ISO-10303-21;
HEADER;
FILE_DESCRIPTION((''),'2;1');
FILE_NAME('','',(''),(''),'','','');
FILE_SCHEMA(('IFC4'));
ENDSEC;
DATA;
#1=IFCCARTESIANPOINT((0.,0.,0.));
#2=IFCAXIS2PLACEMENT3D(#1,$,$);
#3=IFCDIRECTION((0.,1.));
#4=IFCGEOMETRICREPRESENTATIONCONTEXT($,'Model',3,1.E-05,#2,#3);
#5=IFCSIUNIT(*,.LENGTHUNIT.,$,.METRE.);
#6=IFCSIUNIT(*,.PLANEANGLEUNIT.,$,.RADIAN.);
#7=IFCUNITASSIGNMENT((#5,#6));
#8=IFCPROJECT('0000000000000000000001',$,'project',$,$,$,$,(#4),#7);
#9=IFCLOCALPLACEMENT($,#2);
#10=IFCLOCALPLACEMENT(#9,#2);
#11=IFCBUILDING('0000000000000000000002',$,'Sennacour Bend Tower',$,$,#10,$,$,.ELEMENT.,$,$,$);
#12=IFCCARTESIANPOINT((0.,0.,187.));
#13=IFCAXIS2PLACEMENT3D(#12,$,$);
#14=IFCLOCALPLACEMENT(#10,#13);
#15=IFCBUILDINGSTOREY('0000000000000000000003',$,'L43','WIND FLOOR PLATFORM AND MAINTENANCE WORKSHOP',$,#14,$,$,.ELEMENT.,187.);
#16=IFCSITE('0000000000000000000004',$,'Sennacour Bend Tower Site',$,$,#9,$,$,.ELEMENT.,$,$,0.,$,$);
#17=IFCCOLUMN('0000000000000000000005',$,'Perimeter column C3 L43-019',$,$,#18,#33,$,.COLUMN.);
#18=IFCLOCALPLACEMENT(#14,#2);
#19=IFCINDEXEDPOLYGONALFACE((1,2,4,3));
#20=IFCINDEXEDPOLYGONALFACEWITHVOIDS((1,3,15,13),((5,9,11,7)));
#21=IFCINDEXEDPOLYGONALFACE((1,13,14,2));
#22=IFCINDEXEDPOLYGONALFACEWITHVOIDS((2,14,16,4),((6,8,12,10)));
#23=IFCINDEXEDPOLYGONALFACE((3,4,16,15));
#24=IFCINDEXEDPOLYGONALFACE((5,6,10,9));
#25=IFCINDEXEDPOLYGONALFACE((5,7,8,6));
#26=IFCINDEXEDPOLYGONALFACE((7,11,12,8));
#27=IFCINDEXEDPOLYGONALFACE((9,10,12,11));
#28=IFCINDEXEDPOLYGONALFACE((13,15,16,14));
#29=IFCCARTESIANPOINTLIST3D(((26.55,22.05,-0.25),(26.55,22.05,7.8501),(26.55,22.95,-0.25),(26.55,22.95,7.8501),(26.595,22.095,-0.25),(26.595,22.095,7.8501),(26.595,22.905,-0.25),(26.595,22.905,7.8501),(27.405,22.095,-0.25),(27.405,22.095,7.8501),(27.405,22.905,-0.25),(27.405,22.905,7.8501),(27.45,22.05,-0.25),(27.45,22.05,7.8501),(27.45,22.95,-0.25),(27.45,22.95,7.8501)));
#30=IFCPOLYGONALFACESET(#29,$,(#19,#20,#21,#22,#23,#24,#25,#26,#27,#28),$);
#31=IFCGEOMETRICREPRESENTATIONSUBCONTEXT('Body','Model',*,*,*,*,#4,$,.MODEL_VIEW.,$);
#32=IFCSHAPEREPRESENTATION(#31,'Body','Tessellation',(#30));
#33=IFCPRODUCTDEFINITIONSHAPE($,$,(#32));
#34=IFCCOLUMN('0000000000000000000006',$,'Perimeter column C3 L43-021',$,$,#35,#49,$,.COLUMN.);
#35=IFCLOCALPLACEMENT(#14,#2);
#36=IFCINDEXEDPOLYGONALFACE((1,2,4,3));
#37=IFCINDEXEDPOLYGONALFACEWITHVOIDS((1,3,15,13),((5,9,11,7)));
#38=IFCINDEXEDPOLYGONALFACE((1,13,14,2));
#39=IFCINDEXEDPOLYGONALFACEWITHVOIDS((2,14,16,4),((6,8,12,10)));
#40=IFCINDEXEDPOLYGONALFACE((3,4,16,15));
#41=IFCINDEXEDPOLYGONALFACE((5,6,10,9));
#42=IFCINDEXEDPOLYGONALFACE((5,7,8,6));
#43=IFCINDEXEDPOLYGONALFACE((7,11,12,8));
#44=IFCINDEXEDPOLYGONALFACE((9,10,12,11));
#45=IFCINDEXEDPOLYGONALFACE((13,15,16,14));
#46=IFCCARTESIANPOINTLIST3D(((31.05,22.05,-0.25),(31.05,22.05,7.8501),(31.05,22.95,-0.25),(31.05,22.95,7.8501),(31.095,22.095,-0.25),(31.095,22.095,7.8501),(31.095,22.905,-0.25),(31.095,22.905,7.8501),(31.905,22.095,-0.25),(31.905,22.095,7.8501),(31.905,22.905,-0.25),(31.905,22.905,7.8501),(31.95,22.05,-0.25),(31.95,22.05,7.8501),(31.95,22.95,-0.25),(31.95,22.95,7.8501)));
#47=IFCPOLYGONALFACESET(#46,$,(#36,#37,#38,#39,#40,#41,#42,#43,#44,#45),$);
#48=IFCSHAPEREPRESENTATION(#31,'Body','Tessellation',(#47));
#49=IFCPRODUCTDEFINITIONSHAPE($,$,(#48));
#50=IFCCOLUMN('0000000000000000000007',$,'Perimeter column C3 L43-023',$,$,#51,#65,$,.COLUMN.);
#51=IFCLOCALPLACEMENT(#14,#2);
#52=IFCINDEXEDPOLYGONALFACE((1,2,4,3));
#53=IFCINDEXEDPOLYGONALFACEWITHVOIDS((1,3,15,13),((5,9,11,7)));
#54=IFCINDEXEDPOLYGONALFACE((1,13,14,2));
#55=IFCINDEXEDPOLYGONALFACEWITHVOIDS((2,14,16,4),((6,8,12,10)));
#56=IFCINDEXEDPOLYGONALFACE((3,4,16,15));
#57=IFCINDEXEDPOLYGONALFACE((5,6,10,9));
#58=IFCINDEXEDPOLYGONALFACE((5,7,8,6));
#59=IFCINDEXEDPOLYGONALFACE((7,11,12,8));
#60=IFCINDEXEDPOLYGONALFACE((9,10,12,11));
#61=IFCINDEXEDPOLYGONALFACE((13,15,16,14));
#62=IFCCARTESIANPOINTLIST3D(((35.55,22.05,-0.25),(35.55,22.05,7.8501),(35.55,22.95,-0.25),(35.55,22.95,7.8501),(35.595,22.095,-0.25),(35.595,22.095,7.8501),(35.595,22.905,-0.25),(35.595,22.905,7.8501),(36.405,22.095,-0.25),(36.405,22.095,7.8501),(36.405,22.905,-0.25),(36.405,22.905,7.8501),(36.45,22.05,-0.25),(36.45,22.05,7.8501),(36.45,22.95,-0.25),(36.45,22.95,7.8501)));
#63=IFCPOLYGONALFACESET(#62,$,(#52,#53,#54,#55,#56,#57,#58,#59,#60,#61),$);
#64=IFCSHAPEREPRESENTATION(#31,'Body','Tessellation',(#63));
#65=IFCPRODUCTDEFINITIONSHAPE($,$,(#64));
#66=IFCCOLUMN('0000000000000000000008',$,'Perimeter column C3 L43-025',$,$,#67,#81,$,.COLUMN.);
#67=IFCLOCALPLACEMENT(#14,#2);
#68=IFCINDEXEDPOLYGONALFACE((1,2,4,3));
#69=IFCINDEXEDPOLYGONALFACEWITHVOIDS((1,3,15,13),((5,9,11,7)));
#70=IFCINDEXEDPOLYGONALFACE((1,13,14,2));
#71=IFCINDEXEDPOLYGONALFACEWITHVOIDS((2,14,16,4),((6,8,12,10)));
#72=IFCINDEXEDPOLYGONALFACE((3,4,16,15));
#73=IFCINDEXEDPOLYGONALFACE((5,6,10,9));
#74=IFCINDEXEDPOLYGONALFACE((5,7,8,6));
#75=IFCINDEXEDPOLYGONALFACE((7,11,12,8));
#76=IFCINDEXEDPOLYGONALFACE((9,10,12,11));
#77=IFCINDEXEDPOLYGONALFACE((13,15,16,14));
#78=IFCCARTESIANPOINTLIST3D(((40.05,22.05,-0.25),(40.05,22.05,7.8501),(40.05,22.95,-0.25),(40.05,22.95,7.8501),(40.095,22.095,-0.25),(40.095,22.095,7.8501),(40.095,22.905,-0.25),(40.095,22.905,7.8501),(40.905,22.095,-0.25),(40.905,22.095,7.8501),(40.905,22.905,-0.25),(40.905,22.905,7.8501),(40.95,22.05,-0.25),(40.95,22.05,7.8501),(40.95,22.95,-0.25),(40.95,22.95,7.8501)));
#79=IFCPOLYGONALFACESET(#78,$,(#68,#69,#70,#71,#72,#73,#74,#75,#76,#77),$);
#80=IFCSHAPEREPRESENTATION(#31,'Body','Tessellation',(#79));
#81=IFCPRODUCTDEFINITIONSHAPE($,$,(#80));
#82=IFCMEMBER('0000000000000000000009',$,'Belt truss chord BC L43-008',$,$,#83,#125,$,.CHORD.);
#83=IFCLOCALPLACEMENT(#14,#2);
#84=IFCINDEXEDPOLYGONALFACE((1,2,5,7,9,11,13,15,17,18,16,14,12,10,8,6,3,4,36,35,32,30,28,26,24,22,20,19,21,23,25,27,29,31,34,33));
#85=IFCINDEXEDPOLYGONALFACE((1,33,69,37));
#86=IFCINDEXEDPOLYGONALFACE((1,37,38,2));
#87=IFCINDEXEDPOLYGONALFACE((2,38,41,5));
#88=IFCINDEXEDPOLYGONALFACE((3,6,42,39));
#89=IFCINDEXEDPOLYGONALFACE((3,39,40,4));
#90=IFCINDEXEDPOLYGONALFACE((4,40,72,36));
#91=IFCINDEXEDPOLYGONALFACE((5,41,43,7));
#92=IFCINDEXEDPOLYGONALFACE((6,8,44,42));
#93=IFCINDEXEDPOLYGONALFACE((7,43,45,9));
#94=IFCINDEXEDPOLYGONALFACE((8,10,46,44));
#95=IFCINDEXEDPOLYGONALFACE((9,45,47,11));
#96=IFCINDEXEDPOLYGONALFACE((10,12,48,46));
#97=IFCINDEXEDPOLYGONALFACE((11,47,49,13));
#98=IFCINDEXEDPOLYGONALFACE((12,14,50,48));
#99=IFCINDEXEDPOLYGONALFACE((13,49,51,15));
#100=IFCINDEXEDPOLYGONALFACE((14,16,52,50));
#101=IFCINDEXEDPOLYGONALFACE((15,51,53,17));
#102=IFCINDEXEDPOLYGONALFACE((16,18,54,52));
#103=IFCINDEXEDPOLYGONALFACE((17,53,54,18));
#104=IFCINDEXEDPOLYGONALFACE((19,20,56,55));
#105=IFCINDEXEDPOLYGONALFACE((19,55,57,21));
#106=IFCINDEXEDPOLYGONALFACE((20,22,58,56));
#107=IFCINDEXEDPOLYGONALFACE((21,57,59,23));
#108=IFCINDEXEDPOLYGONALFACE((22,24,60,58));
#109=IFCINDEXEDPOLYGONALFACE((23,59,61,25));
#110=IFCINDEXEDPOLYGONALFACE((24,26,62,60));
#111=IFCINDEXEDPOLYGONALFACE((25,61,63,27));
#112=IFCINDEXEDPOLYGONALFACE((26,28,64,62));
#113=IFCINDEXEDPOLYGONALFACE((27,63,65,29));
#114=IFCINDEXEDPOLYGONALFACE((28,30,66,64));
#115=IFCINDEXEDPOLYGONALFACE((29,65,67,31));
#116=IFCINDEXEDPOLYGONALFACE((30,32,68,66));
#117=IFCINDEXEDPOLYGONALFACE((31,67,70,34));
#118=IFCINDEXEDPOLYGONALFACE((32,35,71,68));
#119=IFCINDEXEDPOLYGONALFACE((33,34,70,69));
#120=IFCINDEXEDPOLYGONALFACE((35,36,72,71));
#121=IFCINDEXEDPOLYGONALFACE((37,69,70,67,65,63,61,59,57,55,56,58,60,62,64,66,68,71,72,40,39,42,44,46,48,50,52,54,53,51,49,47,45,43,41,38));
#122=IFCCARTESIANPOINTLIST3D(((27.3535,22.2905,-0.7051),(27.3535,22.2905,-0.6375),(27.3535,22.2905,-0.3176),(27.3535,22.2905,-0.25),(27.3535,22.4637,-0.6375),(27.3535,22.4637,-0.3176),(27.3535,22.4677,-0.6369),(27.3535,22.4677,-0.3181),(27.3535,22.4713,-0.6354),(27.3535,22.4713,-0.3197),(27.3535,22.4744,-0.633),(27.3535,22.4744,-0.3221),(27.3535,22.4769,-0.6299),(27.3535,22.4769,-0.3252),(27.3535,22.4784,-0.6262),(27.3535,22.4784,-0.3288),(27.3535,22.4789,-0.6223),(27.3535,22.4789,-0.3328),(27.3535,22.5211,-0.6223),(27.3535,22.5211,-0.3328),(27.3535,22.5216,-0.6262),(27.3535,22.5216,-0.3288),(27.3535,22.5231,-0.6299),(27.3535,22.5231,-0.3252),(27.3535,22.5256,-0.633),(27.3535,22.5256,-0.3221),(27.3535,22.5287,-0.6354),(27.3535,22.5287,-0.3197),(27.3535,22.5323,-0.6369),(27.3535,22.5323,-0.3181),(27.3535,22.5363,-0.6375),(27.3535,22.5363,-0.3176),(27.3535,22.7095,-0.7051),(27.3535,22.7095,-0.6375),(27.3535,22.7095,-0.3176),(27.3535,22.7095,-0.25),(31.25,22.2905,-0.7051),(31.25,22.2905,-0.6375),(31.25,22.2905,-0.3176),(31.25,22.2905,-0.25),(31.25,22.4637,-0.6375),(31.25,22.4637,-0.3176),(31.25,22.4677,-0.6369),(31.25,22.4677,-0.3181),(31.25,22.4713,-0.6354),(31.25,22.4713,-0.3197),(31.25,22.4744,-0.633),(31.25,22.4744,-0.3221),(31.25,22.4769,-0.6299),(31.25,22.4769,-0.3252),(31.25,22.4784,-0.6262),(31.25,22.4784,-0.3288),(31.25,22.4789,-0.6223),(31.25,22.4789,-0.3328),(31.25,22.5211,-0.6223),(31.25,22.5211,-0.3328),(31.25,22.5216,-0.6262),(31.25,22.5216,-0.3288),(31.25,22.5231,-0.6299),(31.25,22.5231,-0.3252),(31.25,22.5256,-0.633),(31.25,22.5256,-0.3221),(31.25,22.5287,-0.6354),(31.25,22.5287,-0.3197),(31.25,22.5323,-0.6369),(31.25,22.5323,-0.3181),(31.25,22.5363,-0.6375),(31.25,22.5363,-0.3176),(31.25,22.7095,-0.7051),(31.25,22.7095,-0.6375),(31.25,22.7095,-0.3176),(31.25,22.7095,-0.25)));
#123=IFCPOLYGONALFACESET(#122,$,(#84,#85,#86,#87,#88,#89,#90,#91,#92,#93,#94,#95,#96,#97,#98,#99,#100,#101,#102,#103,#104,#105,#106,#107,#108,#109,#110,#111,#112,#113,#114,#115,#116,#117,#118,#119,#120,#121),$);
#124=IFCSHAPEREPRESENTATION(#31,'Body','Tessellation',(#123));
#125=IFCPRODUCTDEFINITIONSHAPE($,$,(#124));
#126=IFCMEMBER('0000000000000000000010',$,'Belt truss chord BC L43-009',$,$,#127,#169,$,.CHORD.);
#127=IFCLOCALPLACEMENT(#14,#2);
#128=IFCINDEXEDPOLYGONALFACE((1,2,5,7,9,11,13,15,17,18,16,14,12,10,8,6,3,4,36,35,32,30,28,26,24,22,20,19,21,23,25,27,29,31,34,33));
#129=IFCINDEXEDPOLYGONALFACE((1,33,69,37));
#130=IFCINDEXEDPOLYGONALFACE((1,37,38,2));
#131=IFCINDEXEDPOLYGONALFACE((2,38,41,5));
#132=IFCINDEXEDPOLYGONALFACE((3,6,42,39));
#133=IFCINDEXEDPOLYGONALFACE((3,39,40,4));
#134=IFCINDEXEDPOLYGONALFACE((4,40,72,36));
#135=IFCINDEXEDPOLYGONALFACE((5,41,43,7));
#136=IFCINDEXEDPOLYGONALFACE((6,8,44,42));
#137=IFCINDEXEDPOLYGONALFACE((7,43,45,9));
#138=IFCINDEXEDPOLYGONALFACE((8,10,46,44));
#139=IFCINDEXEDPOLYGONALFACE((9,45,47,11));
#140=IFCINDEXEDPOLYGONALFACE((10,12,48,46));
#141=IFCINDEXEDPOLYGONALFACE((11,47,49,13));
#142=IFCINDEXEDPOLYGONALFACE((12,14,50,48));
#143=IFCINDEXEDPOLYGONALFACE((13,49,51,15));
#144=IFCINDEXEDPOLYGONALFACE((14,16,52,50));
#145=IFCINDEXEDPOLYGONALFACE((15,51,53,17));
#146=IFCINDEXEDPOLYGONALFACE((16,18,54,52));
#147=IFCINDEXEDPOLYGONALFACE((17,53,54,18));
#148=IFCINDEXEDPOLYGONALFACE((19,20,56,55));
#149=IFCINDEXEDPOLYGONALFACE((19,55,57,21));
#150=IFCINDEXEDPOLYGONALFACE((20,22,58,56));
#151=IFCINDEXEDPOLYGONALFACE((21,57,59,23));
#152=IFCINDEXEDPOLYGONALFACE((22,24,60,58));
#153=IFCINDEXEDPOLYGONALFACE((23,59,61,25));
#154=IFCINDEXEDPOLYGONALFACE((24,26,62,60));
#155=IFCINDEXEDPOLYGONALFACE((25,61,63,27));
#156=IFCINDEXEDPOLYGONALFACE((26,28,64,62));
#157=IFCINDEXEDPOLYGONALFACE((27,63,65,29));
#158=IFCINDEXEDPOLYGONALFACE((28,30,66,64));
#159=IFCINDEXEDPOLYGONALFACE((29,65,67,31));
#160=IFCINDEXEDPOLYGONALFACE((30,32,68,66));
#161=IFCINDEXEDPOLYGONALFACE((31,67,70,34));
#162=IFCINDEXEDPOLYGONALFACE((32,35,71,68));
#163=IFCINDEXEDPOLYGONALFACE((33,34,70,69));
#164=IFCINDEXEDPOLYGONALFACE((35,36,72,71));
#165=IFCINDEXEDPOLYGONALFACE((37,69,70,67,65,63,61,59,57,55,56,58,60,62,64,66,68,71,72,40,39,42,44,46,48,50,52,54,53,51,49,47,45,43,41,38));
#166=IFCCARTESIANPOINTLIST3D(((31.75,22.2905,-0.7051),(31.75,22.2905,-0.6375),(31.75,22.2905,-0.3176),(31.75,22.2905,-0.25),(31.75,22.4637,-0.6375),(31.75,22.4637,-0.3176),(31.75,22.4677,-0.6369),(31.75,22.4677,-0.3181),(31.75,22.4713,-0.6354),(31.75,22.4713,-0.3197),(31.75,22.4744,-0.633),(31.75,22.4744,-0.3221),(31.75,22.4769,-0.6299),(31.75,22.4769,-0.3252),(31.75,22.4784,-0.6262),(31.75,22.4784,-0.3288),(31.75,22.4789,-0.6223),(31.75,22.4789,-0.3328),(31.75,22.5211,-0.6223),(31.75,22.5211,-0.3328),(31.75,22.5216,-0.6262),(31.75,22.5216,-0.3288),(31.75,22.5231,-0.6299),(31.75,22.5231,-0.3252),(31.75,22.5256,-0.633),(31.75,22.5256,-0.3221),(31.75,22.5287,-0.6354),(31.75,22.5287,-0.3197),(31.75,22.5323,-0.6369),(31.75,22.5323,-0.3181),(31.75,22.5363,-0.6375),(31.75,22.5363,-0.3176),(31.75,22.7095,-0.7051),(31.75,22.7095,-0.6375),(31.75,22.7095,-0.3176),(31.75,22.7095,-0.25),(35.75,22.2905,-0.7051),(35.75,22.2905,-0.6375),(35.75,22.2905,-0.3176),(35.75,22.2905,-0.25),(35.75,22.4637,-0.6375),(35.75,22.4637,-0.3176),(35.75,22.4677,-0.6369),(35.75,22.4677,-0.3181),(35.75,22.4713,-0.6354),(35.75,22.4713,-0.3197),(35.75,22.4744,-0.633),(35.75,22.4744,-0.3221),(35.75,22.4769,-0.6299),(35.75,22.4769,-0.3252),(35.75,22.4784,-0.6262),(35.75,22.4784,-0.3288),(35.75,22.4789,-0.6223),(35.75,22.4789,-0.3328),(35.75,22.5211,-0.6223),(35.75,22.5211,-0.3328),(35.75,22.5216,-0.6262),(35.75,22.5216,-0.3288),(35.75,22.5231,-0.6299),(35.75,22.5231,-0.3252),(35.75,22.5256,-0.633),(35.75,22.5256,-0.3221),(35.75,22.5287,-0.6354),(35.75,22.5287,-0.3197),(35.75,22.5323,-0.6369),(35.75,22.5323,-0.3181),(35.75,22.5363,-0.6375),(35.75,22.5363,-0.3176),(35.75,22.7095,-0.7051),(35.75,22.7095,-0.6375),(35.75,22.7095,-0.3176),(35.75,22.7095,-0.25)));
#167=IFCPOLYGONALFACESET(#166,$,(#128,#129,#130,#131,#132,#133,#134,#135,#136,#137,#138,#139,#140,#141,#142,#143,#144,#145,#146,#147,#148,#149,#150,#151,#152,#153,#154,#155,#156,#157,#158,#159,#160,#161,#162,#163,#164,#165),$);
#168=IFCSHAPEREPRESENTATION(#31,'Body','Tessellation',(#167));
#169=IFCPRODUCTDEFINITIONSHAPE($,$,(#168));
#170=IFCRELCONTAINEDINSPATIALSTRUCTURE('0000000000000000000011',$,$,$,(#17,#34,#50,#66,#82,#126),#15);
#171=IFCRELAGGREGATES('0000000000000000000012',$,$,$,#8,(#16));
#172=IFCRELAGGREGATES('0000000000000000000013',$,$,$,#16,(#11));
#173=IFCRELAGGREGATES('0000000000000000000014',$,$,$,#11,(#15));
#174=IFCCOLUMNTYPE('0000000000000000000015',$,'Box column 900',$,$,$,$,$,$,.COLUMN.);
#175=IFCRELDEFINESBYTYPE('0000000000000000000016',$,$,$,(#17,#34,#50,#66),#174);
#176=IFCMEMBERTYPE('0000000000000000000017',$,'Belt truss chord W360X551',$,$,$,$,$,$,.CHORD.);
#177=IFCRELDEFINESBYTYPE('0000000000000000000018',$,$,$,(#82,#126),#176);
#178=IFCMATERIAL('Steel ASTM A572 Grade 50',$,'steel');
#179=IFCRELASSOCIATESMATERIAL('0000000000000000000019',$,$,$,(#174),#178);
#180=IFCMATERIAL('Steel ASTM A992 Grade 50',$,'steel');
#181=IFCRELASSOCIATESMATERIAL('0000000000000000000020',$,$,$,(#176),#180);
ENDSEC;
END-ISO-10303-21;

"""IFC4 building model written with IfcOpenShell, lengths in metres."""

from ifc_helpers import new_model, si_unit, direction, frame, origin, origin_2d, place, context, subcontext, project, spatial, hollow_rectangle, i_section, extrude, material, material_profile, profile_set, type_object, element, save


model = new_model("IFC4")

# Units and contexts
model_context = context("Model", 3, precision=1e-05, world=origin(), true_north=direction((0.0, 1.0)))
body_context = subcontext(model_context, "Body", "Model", "MODEL_VIEW")
ifc_project = project(units=[si_unit("LENGTHUNIT", "METRE"), si_unit("PLANEANGLEUNIT", "RADIAN")], contexts=[model_context])

# Site, building, storey
site_placement = place(None, origin())
site = spatial("IfcSite", under=ifc_project, at=site_placement, Name="Sennacour Bend Tower Site", CompositionType="ELEMENT", RefElevation=0.0)
building_placement = place(site_placement, origin())
building = spatial("IfcBuilding", under=site, at=building_placement, Name="Sennacour Bend Tower", CompositionType="ELEMENT")
storey_placement = place(building_placement, frame((0.0, 0.0, 187.0)))
storey = spatial("IfcBuildingStorey", under=building, at=storey_placement, Name="L43", Description="WIND FLOOR PLATFORM AND MAINTENANCE WORKSHOP", CompositionType="ELEMENT", Elevation=187.0)

# Columns
ifc_material_1 = material(Name="Steel ASTM A572 Grade 50", Category="steel")
ifc_material_profile_1 = material_profile(ifc_material_1, hollow_rectangle(XDim=0.8999, YDim=0.8999, WallThickness=0.0449, at=origin_2d()), Name="Steel ASTM A572 Grade 50", Category="steel")
ifc_profile_set_1 = profile_set([ifc_material_profile_1], Name="Steel ASTM A572 Grade 50")
column_type = type_object("IfcColumnType", Name="Box column 900", PredefinedType="COLUMN", material=ifc_profile_set_1)
for number, where, z_axis, x_axis, name in (
    (1, (27.0, 22.5, -0.25), (0.0, 0.0, 1.0), (1.0, 0.0, 0.0), "Perimeter column C3 L43-019"),
    (2, (31.5, 22.5, -0.25), (0.0, 0.0, 1.0), (1.0, 0.0, 0.0), "Perimeter column C3 L43-021"),
    (3, (36.0, 22.5, -0.25), (0.0, 0.0, 1.0), (1.0, 0.0, 0.0), "Perimeter column C3 L43-023"),
    (4, (40.5, 22.5, -0.25), (0.0, 0.0, 1.0), (1.0, 0.0, 0.0), "Perimeter column C3 L43-025"),
):
    element("IfcColumn", number, at=place(storey_placement, frame(where, z_axis=z_axis, x_axis=x_axis)), inside=storey, type_object=column_type, Name=name, PredefinedType="COLUMN", context=body_context, shape_type="SweptSolid", body=[
        extrude(hollow_rectangle(XDim=0.8999, YDim=0.8999, WallThickness=0.0449, at=origin_2d()), origin(), (0.0, 0.0, 1.0), 8.1001),
    ])

# Members
ifc_material_2 = material(Name="Steel ASTM A992 Grade 50", Category="steel")
ifc_material_profile_2 = material_profile(ifc_material_2, i_section(OverallWidth=0.4189, OverallDepth=0.4551, WebThickness=0.0422, FlangeThickness=0.0676, FilletRadius=0.0151, at=origin_2d()), Name="Steel ASTM A992 Grade 50", Category="steel")
ifc_profile_set_2 = profile_set([ifc_material_profile_2], Name="Steel ASTM A992 Grade 50")
member_type_1 = type_object("IfcMemberType", Name="Belt truss chord W360X551", PredefinedType="CHORD", material=ifc_profile_set_2)
member_placement = place(storey_placement, frame((27.3535, 22.5, -0.4775), z_axis=(1.0, 0.0, 0.0), x_axis=(0.0, 1.0, 0.0)))
element("IfcMember", 5, at=member_placement, inside=storey, type_object=member_type_1, Name="Belt truss chord BC L43-008", PredefinedType="CHORD", context=body_context, shape_type="SweptSolid", body=[
    extrude(i_section(OverallWidth=0.4189, OverallDepth=0.4551, WebThickness=0.0422, FlangeThickness=0.0676, FilletRadius=0.0151, at=origin_2d()), origin(), (0.0, 0.0, 1.0), 3.8965),
])
for number, where, z_axis, x_axis, name in (
    (6, (31.75, 22.5, -0.4775), (1.0, 0.0, 0.0), (0.0, 1.0, 0.0), "Belt truss chord BC L43-009"),
):
    element("IfcMember", number, at=place(storey_placement, frame(where, z_axis=z_axis, x_axis=x_axis)), inside=storey, type_object=member_type_1, Name=name, PredefinedType="CHORD", context=body_context, shape_type="SweptSolid", body=[
        extrude(i_section(OverallWidth=0.4189, OverallDepth=0.4551, WebThickness=0.0422, FlangeThickness=0.0676, FilletRadius=0.0151, at=origin_2d()), origin(), (0.0, 0.0, 1.0), 4.0),
    ])

save(model, "model.ifc")
